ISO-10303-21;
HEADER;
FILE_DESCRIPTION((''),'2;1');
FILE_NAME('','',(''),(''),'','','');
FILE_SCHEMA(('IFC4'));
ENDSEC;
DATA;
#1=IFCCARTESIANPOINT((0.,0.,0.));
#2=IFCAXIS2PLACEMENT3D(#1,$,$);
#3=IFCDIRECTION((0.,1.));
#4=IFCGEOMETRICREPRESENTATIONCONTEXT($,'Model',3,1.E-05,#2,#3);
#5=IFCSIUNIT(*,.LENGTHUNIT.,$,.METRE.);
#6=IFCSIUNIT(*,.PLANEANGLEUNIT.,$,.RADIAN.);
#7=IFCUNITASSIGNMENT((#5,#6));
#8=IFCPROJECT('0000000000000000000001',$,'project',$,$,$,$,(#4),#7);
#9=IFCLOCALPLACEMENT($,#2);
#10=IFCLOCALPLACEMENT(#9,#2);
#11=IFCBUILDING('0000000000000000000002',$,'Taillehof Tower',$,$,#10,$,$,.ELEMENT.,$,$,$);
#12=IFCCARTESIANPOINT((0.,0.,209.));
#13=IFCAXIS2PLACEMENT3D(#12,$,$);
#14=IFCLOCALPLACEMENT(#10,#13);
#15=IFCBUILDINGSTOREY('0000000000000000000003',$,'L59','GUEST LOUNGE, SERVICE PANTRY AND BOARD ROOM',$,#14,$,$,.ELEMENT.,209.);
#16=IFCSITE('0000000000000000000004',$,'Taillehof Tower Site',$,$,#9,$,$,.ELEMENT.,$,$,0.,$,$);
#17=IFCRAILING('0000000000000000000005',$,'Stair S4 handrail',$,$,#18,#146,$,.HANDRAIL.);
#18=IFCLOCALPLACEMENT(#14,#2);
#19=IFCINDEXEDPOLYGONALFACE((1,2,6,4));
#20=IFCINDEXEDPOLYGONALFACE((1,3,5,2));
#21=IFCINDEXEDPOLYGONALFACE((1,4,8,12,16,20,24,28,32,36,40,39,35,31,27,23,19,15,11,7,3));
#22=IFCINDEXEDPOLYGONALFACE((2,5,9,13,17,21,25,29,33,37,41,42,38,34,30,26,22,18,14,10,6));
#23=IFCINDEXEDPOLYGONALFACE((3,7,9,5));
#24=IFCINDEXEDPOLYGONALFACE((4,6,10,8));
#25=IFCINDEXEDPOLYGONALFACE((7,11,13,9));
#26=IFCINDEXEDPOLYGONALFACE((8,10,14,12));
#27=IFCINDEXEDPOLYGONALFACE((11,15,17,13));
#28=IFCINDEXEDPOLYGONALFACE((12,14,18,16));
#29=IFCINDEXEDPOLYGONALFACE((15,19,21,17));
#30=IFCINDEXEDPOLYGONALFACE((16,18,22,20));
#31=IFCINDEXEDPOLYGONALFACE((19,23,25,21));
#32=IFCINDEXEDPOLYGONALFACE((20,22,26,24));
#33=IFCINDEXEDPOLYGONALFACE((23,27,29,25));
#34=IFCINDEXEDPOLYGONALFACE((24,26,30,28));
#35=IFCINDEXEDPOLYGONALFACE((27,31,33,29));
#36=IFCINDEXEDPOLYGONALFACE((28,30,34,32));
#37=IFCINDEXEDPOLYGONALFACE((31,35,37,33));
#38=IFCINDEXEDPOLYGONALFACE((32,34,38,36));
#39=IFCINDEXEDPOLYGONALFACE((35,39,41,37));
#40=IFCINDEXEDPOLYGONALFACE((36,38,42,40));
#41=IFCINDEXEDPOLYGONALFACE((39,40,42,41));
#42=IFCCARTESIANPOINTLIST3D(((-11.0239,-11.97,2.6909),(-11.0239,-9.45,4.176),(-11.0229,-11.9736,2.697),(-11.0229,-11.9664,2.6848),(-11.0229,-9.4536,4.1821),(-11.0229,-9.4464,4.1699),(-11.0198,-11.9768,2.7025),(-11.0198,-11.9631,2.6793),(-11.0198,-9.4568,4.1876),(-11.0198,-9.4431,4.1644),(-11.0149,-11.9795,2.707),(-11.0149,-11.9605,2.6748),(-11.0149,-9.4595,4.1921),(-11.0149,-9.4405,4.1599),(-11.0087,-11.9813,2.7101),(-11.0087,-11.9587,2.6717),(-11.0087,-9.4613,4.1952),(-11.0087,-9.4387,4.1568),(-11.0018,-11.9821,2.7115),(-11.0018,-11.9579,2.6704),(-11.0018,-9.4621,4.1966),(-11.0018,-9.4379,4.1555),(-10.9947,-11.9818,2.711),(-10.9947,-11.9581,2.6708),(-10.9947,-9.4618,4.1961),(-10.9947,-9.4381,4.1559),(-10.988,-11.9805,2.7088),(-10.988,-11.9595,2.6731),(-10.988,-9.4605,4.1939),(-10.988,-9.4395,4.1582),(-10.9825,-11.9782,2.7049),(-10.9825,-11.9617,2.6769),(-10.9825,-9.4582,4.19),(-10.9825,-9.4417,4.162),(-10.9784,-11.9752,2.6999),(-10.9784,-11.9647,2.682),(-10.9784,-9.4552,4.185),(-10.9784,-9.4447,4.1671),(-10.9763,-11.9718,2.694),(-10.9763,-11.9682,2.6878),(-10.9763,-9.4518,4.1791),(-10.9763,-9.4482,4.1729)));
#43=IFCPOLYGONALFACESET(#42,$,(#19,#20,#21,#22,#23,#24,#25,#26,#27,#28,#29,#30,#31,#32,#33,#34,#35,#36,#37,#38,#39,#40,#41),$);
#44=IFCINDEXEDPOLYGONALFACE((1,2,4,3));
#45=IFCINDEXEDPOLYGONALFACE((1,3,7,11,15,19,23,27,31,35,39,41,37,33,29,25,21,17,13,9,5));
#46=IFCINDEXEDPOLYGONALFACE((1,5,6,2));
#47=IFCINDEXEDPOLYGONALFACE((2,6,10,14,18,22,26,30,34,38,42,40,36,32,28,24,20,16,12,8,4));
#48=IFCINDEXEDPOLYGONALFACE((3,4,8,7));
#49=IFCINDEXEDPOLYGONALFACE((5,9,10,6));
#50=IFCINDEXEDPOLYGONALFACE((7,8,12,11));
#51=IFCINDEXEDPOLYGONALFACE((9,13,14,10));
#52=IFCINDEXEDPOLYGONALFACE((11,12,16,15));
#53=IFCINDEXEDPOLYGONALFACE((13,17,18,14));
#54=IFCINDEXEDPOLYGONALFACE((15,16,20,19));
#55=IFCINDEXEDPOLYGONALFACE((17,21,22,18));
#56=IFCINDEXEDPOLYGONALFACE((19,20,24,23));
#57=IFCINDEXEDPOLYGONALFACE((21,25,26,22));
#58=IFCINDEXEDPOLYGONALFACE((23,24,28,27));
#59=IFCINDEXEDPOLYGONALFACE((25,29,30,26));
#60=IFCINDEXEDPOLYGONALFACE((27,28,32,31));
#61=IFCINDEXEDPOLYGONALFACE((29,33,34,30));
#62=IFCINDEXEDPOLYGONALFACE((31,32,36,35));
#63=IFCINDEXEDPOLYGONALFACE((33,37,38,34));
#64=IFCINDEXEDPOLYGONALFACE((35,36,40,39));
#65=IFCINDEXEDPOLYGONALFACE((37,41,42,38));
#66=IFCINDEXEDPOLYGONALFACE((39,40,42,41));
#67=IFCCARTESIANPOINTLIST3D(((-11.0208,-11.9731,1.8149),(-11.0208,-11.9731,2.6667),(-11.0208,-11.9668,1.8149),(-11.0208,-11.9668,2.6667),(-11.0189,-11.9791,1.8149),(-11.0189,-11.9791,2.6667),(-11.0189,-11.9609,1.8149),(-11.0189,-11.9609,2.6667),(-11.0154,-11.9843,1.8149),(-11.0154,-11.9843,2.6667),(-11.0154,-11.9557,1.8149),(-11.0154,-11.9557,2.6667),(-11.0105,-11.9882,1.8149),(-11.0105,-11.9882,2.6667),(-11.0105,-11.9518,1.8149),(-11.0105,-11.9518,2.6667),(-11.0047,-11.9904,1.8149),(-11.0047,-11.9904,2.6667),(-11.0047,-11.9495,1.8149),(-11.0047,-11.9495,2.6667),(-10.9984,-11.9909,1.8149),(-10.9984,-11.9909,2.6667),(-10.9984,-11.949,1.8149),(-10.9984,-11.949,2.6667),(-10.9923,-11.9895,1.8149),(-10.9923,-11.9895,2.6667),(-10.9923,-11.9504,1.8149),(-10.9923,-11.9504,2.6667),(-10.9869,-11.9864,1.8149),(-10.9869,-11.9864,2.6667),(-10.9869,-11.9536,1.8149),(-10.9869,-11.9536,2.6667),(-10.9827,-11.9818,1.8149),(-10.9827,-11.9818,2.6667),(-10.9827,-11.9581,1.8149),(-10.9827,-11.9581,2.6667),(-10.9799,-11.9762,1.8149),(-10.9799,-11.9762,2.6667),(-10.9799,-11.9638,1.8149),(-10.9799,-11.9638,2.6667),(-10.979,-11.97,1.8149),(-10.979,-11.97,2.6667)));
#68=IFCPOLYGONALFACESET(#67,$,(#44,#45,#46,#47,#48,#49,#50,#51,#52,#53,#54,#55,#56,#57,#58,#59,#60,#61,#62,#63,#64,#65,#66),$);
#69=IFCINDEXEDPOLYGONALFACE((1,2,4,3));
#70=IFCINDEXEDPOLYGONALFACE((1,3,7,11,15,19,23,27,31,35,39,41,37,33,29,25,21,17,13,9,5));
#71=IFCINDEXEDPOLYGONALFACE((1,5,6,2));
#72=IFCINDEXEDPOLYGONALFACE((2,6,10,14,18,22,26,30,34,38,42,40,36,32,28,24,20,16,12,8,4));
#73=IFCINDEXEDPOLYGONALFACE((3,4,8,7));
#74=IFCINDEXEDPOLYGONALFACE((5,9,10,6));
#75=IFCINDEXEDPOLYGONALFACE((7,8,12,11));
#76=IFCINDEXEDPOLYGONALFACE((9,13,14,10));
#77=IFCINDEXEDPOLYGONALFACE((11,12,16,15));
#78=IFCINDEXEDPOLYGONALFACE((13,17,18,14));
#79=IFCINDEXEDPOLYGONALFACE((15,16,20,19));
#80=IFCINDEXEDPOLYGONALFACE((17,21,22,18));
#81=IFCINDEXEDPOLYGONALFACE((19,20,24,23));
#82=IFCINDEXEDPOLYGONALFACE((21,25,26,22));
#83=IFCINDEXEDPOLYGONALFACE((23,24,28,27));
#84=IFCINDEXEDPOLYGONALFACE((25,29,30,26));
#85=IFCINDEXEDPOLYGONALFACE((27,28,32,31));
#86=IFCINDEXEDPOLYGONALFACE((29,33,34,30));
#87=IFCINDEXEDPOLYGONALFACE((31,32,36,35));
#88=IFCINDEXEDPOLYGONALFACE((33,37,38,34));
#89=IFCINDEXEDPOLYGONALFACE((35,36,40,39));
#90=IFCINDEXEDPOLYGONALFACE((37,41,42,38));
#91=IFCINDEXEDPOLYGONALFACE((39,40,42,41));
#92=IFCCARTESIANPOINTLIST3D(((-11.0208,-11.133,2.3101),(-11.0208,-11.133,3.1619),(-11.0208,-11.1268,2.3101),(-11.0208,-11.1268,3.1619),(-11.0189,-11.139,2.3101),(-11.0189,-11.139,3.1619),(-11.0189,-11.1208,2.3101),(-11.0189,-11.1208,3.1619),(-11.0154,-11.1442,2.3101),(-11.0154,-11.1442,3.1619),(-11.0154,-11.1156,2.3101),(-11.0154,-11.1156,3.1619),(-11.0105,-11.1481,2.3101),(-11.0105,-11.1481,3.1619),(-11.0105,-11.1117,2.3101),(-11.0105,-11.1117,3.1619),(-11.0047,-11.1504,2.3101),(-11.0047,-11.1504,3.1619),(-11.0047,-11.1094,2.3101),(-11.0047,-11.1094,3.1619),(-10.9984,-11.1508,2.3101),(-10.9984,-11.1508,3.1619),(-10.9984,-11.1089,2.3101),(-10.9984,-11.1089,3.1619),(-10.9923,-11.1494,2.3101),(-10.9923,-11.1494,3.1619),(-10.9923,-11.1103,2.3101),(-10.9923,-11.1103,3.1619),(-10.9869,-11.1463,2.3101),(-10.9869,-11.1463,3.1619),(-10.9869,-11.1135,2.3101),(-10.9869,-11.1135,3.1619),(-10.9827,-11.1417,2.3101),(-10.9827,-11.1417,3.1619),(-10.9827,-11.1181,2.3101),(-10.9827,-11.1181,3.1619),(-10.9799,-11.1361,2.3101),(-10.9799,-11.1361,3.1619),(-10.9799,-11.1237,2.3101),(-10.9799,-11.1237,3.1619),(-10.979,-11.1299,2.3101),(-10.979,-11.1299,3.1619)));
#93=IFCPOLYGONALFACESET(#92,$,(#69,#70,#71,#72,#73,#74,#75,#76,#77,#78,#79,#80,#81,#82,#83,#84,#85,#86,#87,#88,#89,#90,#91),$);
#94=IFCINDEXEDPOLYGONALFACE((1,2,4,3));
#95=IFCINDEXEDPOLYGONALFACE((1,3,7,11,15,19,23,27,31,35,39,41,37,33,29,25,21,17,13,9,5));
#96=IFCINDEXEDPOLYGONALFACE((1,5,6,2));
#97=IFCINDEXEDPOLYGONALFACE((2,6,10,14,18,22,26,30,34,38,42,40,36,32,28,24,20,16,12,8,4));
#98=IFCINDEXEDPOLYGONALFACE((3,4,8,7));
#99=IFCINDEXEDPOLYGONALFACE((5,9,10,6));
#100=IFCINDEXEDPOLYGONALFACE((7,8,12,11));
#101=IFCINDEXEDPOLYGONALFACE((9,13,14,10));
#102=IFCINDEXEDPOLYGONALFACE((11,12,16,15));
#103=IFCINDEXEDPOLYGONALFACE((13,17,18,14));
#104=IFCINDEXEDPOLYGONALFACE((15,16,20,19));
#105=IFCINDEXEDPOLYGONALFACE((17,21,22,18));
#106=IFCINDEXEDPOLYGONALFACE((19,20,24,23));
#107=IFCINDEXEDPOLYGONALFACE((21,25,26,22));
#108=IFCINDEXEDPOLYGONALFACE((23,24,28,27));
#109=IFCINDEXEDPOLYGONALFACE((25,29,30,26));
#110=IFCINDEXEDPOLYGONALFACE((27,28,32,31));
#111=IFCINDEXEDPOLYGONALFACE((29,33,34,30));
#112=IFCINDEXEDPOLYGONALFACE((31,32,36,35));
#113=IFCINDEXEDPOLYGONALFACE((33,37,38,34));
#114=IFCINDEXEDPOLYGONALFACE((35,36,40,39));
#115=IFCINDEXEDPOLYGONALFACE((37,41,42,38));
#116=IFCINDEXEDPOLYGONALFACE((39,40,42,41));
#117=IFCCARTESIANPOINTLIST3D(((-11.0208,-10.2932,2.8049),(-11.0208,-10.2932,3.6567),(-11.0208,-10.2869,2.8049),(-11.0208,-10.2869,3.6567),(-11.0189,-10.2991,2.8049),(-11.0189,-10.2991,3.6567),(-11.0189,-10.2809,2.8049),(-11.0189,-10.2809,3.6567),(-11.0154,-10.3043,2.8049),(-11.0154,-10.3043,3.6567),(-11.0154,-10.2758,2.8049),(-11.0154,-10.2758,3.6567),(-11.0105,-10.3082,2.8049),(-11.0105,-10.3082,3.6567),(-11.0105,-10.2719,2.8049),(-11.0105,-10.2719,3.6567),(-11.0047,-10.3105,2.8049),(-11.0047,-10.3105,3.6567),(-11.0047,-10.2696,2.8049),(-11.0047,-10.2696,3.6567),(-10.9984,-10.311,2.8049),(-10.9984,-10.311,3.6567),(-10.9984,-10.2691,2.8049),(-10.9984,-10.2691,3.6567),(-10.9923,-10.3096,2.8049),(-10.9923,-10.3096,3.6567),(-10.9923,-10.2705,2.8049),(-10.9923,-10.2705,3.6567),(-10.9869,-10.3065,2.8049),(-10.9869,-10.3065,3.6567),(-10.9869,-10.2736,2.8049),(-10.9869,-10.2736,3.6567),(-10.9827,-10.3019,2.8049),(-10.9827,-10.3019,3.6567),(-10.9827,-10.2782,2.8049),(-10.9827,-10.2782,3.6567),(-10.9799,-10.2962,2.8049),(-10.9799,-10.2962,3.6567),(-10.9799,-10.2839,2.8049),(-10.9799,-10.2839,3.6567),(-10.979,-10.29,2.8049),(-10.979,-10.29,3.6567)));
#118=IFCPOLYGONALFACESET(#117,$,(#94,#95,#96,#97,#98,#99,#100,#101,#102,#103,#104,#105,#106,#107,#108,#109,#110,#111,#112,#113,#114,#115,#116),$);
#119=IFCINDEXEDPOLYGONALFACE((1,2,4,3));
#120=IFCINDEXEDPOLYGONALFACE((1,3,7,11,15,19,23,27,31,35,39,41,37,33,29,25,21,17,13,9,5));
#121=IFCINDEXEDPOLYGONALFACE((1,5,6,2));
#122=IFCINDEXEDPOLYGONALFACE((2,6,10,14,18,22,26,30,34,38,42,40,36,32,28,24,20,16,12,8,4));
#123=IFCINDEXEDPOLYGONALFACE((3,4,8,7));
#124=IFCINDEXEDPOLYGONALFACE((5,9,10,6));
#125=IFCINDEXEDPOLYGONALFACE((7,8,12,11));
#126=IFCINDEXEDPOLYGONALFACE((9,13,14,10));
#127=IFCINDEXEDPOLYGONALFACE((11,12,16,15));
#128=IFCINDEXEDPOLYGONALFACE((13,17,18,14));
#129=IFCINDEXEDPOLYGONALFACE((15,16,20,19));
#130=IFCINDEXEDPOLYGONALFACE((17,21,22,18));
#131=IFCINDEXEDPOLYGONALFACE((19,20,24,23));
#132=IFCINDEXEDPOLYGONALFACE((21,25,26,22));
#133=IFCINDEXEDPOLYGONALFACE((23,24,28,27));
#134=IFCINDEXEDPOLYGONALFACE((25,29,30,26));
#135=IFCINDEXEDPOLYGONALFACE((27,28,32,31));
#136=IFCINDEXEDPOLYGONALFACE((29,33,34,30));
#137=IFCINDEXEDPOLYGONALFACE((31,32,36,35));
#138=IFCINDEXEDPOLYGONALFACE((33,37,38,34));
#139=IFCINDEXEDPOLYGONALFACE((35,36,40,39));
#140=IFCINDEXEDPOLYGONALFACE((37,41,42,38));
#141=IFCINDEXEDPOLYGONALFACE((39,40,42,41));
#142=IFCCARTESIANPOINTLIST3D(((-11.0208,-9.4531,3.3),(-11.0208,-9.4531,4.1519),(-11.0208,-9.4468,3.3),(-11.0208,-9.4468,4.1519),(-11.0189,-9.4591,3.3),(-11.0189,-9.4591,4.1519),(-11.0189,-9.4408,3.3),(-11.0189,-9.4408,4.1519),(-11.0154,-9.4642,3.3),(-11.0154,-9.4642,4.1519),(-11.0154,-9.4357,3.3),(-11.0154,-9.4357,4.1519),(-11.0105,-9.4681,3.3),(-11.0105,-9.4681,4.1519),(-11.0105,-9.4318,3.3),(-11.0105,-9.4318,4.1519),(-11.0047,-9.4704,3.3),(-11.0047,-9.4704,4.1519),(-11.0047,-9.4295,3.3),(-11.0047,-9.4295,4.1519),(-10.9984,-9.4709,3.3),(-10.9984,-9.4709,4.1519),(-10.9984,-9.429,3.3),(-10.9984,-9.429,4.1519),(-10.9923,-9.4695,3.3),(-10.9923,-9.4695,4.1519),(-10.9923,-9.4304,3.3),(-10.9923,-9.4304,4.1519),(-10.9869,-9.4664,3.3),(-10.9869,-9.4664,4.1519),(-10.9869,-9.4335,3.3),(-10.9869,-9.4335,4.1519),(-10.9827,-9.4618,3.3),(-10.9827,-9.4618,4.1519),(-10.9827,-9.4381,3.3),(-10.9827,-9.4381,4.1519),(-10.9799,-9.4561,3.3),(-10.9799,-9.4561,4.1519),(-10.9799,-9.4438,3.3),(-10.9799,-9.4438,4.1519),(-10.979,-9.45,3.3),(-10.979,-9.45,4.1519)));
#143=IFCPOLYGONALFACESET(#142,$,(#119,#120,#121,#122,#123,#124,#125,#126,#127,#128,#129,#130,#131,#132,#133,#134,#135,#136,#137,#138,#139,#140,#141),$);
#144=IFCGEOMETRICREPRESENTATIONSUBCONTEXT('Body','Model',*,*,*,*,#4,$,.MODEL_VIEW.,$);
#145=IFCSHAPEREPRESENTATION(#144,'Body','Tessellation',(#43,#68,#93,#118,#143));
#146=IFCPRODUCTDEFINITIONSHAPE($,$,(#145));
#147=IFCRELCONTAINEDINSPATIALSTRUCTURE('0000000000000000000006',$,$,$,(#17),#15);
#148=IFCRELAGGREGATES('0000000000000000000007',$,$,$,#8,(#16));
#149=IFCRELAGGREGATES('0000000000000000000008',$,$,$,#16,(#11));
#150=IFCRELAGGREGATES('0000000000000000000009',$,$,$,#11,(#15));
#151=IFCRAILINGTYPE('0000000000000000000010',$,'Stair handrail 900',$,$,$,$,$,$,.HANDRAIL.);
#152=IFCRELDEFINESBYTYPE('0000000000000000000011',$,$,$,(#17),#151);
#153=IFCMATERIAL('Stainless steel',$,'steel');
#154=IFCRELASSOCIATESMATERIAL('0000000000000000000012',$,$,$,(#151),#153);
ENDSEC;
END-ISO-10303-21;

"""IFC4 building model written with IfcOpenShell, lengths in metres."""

from ifc_helpers import new_model, si_unit, direction, frame, origin, origin_2d, place, context, subcontext, project, spatial, circle, extrude, material, type_object, element, save


model = new_model("IFC4")

# Units and contexts
model_context = context("Model", 3, precision=1e-05, world=origin(), true_north=direction((0.0, 1.0)))
body_context = subcontext(model_context, "Body", "Model", "MODEL_VIEW")
ifc_project = project(units=[si_unit("LENGTHUNIT", "METRE"), si_unit("PLANEANGLEUNIT", "RADIAN")], contexts=[model_context])

# Site, building, storey
site_placement = place(None, origin())
site = spatial("IfcSite", under=ifc_project, at=site_placement, Name="Taillehof Tower Site", CompositionType="ELEMENT", RefElevation=0.0)
building_placement = place(site_placement, origin())
building = spatial("IfcBuilding", under=site, at=building_placement, Name="Taillehof Tower", CompositionType="ELEMENT")
storey_placement = place(building_placement, frame((0.0, 0.0, 209.0)))
storey = spatial("IfcBuildingStorey", under=building, at=storey_placement, Name="L59", Description="GUEST LOUNGE, SERVICE PANTRY AND BOARD ROOM", CompositionType="ELEMENT", Elevation=209.0)

# Railing
ifc_material_1 = material(Name="Stainless steel", Category="steel")
railing_type = type_object("IfcRailingType", Name="Stair handrail 900", PredefinedType="HANDRAIL", material=ifc_material_1)
railing_placement = place(storey_placement, frame((-11.0, -11.97, 1.8149)))
element("IfcRailing", 1, at=railing_placement, inside=storey, type_object=railing_type, Name="Stair S4 handrail", PredefinedType="HANDRAIL", context=body_context, shape_type="SweptSolid", body=[
    extrude(circle(Radius=0.0239, at=origin_2d()), frame((0.0, 0.0, 0.876), z_axis=(0.0, 0.861524, 0.507717), x_axis=(-1.0, 0.0, 0.0)), (0.0, 0.0, 1.0), 2.925),
    extrude(circle(Radius=0.021, at=origin_2d()), origin(), (0.0, 0.0, 1.0), 0.8518),
    extrude(circle(Radius=0.021, at=origin_2d()), frame((0.0, 0.8401, 0.4951)), (0.0, 0.0, 1.0), 0.8518),
    extrude(circle(Radius=0.021, at=origin_2d()), frame((0.0, 1.6799, 0.99)), (0.0, 0.0, 1.0), 0.8518),
    extrude(circle(Radius=0.021, at=origin_2d()), frame((0.0, 2.52, 1.4851)), (0.0, 0.0, 1.0), 0.8518),
])

save(model, "model.ifc")
